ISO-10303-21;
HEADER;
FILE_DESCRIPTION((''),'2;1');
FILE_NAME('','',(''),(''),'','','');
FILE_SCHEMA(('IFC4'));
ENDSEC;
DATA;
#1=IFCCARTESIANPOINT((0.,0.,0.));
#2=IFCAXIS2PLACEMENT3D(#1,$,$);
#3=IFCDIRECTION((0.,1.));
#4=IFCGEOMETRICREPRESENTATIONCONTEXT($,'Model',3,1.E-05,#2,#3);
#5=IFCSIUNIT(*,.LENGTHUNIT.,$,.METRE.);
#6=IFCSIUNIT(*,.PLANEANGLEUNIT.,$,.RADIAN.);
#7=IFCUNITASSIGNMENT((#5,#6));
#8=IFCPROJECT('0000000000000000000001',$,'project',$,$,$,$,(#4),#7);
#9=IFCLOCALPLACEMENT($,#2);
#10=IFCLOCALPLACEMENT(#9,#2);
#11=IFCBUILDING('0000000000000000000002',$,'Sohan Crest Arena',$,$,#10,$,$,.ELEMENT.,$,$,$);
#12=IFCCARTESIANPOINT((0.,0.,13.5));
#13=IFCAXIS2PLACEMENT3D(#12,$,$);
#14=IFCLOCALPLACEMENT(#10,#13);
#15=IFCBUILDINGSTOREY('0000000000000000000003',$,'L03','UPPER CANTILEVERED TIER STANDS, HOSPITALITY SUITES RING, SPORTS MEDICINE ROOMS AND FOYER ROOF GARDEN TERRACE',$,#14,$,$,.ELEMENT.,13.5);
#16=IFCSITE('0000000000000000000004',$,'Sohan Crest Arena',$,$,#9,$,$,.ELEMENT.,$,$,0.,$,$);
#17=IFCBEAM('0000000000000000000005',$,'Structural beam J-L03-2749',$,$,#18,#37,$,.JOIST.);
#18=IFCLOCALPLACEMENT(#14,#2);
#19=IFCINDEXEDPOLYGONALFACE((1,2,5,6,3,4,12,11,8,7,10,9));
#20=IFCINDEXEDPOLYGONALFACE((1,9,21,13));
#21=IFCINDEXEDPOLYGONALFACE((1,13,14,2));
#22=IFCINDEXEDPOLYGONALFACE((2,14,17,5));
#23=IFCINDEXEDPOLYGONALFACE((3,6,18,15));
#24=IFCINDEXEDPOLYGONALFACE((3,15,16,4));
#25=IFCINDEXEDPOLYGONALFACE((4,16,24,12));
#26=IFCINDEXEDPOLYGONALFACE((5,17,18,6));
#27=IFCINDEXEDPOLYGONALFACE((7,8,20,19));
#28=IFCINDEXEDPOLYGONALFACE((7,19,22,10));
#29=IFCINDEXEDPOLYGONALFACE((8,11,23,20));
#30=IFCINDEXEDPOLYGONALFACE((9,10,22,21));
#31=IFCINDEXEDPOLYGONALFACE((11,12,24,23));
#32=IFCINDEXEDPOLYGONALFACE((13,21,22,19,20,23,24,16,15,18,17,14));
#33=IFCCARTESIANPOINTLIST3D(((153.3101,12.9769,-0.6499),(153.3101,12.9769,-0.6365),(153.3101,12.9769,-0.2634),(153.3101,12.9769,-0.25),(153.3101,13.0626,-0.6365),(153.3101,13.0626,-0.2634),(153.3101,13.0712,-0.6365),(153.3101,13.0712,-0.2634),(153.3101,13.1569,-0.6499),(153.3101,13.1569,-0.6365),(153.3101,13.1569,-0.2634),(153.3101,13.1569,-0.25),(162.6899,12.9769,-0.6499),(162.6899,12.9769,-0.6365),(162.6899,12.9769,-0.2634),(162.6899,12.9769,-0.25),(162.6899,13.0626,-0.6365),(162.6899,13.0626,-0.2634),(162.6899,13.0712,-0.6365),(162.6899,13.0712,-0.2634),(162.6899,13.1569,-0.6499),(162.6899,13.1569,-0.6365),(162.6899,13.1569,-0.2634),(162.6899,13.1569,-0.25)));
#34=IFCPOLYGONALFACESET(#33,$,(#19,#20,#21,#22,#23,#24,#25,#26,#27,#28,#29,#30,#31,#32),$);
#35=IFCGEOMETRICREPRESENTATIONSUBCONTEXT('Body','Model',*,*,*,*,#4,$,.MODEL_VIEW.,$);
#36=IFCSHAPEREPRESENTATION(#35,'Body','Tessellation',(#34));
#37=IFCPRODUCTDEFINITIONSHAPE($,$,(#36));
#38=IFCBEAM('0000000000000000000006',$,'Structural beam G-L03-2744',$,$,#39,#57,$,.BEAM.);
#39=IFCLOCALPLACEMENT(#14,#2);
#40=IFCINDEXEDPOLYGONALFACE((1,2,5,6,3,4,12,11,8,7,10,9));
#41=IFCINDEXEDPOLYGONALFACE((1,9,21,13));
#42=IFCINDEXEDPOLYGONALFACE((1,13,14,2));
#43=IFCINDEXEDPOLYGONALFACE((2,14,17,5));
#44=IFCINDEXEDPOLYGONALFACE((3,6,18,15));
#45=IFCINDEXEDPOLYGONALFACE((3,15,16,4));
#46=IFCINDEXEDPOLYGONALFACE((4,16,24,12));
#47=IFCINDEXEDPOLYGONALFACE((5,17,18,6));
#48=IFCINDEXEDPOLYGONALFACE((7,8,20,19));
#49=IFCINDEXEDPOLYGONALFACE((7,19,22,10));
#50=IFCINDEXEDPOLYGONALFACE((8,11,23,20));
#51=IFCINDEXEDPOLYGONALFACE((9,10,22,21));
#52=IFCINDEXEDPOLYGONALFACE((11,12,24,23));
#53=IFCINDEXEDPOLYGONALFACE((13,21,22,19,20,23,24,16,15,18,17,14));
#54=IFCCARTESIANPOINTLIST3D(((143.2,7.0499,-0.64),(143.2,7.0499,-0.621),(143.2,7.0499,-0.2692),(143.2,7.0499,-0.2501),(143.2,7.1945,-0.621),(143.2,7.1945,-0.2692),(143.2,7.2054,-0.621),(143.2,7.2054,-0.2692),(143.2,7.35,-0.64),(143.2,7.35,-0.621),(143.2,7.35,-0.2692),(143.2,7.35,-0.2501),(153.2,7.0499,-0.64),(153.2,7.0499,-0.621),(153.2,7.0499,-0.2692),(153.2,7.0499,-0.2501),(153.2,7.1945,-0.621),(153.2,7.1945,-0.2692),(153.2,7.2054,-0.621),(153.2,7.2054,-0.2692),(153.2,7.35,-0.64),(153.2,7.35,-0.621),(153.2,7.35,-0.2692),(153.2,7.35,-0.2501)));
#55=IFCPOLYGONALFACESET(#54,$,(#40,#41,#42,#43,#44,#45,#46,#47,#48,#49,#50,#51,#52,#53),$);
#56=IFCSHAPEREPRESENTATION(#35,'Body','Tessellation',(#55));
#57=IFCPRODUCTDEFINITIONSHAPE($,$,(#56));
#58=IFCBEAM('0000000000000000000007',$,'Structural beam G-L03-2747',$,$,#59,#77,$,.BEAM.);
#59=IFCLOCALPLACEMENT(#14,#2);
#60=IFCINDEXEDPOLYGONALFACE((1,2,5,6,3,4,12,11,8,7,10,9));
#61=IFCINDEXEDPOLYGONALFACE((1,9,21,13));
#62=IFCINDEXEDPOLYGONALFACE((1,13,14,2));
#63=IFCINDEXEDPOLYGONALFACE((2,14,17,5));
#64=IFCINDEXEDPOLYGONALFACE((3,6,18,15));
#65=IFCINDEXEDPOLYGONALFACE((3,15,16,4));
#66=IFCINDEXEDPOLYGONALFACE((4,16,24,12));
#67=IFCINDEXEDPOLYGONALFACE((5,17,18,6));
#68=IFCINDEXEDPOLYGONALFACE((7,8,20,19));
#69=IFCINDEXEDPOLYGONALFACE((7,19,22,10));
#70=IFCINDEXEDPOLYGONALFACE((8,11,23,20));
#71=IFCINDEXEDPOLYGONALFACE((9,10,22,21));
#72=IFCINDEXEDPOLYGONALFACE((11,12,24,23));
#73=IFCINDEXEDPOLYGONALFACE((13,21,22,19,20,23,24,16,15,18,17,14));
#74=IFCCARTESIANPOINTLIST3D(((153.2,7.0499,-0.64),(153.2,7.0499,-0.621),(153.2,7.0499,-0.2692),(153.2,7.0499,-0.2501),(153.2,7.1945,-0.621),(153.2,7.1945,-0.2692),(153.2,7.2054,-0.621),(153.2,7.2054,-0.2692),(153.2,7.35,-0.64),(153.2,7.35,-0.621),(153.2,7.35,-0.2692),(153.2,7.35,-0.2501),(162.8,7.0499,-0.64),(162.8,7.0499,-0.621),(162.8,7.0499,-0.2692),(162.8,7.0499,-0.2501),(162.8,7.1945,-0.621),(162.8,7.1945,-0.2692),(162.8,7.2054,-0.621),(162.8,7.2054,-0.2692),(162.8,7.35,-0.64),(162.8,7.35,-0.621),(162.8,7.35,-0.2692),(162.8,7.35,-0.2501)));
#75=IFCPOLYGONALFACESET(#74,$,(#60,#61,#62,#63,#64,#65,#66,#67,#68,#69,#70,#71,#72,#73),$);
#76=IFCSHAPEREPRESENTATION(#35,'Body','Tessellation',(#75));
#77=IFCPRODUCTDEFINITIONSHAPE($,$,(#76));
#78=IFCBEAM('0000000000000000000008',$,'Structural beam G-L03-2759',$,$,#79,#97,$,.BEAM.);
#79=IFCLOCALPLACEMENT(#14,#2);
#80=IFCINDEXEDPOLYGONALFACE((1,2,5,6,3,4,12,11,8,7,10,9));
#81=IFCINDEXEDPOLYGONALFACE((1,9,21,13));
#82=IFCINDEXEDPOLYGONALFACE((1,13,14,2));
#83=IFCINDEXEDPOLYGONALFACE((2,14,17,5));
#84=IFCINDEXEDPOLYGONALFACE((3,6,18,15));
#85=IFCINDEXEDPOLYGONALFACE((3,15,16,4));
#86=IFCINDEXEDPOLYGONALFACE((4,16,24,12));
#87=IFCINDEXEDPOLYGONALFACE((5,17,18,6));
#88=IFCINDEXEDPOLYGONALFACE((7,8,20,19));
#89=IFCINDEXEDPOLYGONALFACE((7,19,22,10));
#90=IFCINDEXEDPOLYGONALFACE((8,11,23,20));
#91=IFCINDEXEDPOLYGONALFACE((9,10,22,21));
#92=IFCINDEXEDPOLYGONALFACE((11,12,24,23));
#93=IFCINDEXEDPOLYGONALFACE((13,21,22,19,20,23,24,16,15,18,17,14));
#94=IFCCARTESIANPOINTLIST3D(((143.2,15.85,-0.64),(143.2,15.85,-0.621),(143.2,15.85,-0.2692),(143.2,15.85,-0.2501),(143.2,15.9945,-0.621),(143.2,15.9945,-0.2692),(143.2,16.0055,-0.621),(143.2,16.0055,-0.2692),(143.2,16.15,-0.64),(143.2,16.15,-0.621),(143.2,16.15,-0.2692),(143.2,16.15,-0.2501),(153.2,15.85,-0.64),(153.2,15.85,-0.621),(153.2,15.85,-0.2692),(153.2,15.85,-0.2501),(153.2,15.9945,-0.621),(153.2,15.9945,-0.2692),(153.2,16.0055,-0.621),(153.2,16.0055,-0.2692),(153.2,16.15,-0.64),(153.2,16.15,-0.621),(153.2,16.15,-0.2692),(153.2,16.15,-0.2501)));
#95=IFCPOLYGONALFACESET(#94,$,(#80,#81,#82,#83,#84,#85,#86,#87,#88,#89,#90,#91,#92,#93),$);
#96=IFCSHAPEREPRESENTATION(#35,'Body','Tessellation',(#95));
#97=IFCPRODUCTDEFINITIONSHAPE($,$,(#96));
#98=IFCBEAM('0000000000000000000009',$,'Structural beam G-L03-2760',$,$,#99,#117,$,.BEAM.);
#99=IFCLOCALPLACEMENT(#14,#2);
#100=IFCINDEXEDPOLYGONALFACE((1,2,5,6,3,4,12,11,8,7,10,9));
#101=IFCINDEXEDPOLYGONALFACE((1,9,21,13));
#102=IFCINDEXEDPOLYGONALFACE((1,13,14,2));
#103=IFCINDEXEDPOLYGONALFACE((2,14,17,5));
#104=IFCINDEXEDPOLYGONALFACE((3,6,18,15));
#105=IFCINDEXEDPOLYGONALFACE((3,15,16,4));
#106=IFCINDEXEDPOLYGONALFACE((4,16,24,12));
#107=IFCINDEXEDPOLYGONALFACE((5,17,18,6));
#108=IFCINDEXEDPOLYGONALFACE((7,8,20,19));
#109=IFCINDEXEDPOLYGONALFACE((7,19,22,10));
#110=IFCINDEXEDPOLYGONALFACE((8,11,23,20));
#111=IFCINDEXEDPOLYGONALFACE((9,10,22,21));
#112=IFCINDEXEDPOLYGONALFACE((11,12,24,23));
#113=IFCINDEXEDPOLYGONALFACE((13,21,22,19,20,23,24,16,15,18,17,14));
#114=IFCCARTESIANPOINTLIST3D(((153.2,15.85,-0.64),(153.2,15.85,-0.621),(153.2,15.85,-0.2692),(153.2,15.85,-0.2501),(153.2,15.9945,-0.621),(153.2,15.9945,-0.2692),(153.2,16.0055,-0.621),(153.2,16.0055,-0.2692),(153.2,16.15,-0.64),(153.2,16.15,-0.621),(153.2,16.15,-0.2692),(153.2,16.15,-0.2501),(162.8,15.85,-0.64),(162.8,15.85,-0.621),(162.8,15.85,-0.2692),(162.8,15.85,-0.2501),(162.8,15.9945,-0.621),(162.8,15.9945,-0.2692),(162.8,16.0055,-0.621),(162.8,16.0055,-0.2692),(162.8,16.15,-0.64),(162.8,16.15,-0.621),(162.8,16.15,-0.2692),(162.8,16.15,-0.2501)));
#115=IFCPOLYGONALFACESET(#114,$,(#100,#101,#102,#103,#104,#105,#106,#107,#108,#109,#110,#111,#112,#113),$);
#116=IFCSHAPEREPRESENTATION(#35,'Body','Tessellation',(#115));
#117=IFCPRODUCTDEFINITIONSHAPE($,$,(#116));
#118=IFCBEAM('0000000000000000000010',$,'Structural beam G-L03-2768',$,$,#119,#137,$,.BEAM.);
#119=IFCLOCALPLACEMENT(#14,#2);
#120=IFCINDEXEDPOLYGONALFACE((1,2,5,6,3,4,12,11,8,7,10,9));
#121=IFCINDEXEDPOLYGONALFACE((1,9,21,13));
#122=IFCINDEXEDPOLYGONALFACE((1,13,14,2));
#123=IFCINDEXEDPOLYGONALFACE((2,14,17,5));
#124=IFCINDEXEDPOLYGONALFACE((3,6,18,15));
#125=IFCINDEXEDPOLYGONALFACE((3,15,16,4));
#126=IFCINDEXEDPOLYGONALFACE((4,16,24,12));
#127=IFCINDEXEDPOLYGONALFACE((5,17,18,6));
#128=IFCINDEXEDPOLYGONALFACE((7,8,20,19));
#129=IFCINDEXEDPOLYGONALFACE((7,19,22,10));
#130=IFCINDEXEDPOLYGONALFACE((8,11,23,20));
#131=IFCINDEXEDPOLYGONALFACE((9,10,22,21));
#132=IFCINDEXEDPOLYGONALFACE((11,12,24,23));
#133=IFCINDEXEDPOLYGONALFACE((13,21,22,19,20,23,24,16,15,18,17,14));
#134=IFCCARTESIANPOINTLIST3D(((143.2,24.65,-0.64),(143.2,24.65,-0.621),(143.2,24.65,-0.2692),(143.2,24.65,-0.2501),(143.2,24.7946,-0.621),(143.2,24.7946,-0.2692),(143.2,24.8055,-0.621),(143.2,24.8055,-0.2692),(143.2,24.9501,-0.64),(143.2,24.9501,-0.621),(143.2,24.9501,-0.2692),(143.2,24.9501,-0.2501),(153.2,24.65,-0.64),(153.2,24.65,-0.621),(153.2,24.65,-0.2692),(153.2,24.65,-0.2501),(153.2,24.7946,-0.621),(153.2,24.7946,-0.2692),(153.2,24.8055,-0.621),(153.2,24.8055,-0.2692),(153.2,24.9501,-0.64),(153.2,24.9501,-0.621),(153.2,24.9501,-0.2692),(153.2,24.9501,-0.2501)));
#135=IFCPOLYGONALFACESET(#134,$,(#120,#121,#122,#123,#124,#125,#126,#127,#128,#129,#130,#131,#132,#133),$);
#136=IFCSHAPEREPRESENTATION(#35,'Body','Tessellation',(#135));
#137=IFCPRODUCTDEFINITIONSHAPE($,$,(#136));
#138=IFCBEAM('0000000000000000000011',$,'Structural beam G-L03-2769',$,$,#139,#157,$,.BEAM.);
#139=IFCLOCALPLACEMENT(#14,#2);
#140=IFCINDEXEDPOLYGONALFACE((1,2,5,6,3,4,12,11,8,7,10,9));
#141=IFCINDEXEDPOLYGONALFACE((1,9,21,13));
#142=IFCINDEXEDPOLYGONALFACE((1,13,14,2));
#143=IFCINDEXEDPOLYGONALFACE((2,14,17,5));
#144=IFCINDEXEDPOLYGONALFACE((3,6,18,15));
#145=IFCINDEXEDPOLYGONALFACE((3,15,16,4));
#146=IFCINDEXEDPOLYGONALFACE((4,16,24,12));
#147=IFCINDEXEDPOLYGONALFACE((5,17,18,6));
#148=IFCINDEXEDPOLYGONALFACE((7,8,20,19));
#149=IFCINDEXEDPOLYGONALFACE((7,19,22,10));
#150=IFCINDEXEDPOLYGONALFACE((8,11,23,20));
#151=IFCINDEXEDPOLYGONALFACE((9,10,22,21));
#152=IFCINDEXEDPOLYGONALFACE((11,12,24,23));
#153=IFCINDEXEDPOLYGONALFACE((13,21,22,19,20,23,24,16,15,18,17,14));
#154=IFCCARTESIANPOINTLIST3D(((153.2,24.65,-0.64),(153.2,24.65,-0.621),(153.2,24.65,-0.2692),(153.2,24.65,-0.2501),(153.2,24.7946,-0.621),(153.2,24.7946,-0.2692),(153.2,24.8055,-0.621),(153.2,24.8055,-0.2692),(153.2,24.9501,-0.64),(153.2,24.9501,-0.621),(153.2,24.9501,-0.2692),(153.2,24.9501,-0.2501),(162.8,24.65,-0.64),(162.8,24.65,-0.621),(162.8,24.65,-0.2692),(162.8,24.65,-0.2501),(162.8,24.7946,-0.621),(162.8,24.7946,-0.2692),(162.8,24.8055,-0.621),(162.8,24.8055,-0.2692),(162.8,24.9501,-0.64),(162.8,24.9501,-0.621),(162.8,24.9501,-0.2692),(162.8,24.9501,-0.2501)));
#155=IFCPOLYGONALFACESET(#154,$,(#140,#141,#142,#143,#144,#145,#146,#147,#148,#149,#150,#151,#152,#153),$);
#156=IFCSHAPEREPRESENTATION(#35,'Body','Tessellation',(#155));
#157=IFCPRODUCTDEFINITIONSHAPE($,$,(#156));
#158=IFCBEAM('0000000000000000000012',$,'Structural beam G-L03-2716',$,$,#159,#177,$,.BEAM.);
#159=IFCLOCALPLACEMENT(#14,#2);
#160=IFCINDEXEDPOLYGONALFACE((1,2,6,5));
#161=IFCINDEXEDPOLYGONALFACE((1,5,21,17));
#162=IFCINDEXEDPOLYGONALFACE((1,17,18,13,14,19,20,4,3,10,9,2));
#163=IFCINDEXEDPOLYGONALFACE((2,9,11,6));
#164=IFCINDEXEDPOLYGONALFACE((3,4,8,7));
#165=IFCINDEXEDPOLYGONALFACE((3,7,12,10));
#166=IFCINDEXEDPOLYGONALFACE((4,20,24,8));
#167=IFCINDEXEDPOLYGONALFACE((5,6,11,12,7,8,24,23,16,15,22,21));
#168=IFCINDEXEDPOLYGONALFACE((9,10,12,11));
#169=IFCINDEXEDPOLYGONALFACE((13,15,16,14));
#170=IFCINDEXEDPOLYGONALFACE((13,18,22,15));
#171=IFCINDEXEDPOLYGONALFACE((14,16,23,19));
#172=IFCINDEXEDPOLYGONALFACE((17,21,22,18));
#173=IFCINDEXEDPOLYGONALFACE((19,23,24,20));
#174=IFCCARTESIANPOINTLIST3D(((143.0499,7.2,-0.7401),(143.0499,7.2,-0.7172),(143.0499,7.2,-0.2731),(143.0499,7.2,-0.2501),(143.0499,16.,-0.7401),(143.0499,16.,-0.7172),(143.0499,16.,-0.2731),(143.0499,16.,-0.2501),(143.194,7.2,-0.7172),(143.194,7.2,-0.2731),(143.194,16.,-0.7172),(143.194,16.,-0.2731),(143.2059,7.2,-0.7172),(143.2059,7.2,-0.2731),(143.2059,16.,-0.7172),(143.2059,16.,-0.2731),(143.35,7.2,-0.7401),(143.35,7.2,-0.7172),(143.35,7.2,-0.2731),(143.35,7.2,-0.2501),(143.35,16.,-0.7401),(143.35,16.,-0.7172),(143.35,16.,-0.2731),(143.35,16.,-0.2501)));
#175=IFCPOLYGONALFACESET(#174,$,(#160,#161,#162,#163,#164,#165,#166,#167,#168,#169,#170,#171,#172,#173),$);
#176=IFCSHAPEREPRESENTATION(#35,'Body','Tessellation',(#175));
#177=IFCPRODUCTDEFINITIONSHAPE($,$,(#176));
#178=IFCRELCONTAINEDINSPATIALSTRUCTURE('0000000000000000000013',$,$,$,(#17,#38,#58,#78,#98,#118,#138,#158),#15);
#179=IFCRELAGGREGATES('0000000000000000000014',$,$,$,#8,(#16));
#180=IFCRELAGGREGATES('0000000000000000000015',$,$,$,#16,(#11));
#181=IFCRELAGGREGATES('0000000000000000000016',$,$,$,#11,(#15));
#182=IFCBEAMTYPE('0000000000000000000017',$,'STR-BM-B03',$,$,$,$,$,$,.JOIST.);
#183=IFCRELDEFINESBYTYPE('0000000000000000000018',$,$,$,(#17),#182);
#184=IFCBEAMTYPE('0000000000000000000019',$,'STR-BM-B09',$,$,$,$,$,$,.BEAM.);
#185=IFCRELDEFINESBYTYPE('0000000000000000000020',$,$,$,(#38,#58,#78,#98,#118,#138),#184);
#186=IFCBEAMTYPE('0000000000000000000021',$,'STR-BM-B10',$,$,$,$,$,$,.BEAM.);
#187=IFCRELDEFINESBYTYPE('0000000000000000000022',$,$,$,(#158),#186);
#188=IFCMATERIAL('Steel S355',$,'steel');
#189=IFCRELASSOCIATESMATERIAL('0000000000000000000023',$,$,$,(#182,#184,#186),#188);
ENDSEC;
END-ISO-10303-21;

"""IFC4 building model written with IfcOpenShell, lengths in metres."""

from ifc_helpers import new_model, si_unit, direction, frame, origin, origin_2d, place, context, subcontext, project, spatial, i_section, extrude, material, material_profile, profile_set, type_object, element, save


model = new_model("IFC4")

# Units and contexts
model_context = context("Model", 3, precision=1e-05, world=origin(), true_north=direction((0.0, 1.0)))
body_context = subcontext(model_context, "Body", "Model", "MODEL_VIEW")
ifc_project = project(units=[si_unit("LENGTHUNIT", "METRE"), si_unit("PLANEANGLEUNIT", "RADIAN")], contexts=[model_context])

# Site, building, storey
site_placement = place(None, origin())
site = spatial("IfcSite", under=ifc_project, at=site_placement, Name="Sohan Crest Arena", CompositionType="ELEMENT", RefElevation=0.0)
building_placement = place(site_placement, origin())
building = spatial("IfcBuilding", under=site, at=building_placement, Name="Sohan Crest Arena", CompositionType="ELEMENT")
storey_placement = place(building_placement, frame((0.0, 0.0, 13.5)))
storey = spatial("IfcBuildingStorey", under=building, at=storey_placement, Name="L03", Description="UPPER CANTILEVERED TIER STANDS, HOSPITALITY SUITES RING, SPORTS MEDICINE ROOMS AND FOYER ROOF GARDEN TERRACE", CompositionType="ELEMENT", Elevation=13.5)

# Shared definitions
ifc_material_1 = material(Name="Steel S355", Category="steel")

# Beams
ifc_material_profile_1 = material_profile(ifc_material_1, i_section(OverallWidth=0.1799, OverallDepth=0.3999, WebThickness=0.0085, FlangeThickness=0.0134, at=origin_2d()), Name="IPE 400")
ifc_profile_set_1 = profile_set([ifc_material_profile_1], Name="Steel S355")
beam_type_1 = type_object("IfcBeamType", Name="STR-BM-B03", PredefinedType="JOIST", material=ifc_profile_set_1)
for number, where, z_axis, x_axis, name in (
    (1, (153.3101, 13.0669, -0.45), (1.0, 0.0, 0.0), (0.0, 1.0, 0.0), "Structural beam J-L03-2749"),
):
    element("IfcBeam", number, at=place(storey_placement, frame(where, z_axis=z_axis, x_axis=x_axis)), inside=storey, type_object=beam_type_1, Name=name, PredefinedType="JOIST", context=body_context, shape_type="SweptSolid", body=[
        extrude(i_section(OverallWidth=0.1799, OverallDepth=0.3999, WebThickness=0.0085, FlangeThickness=0.0134, at=origin_2d()), origin(), (0.0, 0.0, 1.0), 9.3799),
    ])
ifc_material_profile_2 = material_profile(ifc_material_1, i_section(OverallWidth=0.3, OverallDepth=0.3899, WebThickness=0.011, FlangeThickness=0.019, at=origin_2d()), Name="HEA 400")
ifc_profile_set_2 = profile_set([ifc_material_profile_2], Name="Steel S355")
beam_type_2 = type_object("IfcBeamType", Name="STR-BM-B09", PredefinedType="BEAM", material=ifc_profile_set_2)
beam_1_placement = place(storey_placement, frame((143.2, 7.2, -0.4451), z_axis=(1.0, 0.0, 0.0), x_axis=(0.0, 1.0, 0.0)))
element("IfcBeam", 2, at=beam_1_placement, inside=storey, type_object=beam_type_2, Name="Structural beam G-L03-2744", PredefinedType="BEAM", context=body_context, shape_type="SweptSolid", body=[
    extrude(i_section(OverallWidth=0.3, OverallDepth=0.3899, WebThickness=0.011, FlangeThickness=0.019, at=origin_2d()), origin(), (0.0, 0.0, 1.0), 10.0),
])
beam_2_placement = place(storey_placement, frame((153.2, 7.2, -0.4451), z_axis=(1.0, 0.0, 0.0), x_axis=(0.0, 1.0, 0.0)))
element("IfcBeam", 3, at=beam_2_placement, inside=storey, type_object=beam_type_2, Name="Structural beam G-L03-2747", PredefinedType="BEAM", context=body_context, shape_type="SweptSolid", body=[
    extrude(i_section(OverallWidth=0.3, OverallDepth=0.3899, WebThickness=0.011, FlangeThickness=0.019, at=origin_2d()), origin(), (0.0, 0.0, 1.0), 9.6001),
])
beam_3_placement = place(storey_placement, frame((143.2, 16.0, -0.4451), z_axis=(1.0, 0.0, 0.0), x_axis=(0.0, 1.0, 0.0)))
element("IfcBeam", 4, at=beam_3_placement, inside=storey, type_object=beam_type_2, Name="Structural beam G-L03-2759", PredefinedType="BEAM", context=body_context, shape_type="SweptSolid", body=[
    extrude(i_section(OverallWidth=0.3, OverallDepth=0.3899, WebThickness=0.011, FlangeThickness=0.019, at=origin_2d()), origin(), (0.0, 0.0, 1.0), 10.0),
])
beam_4_placement = place(storey_placement, frame((153.2, 16.0, -0.4451), z_axis=(1.0, 0.0, 0.0), x_axis=(0.0, 1.0, 0.0)))
element("IfcBeam", 5, at=beam_4_placement, inside=storey, type_object=beam_type_2, Name="Structural beam G-L03-2760", PredefinedType="BEAM", context=body_context, shape_type="SweptSolid", body=[
    extrude(i_section(OverallWidth=0.3, OverallDepth=0.3899, WebThickness=0.011, FlangeThickness=0.019, at=origin_2d()), origin(), (0.0, 0.0, 1.0), 9.6001),
])
beam_5_placement = place(storey_placement, frame((143.2, 24.8, -0.4451), z_axis=(1.0, 0.0, 0.0), x_axis=(0.0, 1.0, 0.0)))
element("IfcBeam", 6, at=beam_5_placement, inside=storey, type_object=beam_type_2, Name="Structural beam G-L03-2768", PredefinedType="BEAM", context=body_context, shape_type="SweptSolid", body=[
    extrude(i_section(OverallWidth=0.3, OverallDepth=0.3899, WebThickness=0.011, FlangeThickness=0.019, at=origin_2d()), origin(), (0.0, 0.0, 1.0), 10.0),
])
beam_6_placement = place(storey_placement, frame((153.2, 24.8, -0.4451), z_axis=(1.0, 0.0, 0.0), x_axis=(0.0, 1.0, 0.0)))
element("IfcBeam", 7, at=beam_6_placement, inside=storey, type_object=beam_type_2, Name="Structural beam G-L03-2769", PredefinedType="BEAM", context=body_context, shape_type="SweptSolid", body=[
    extrude(i_section(OverallWidth=0.3, OverallDepth=0.3899, WebThickness=0.011, FlangeThickness=0.019, at=origin_2d()), origin(), (0.0, 0.0, 1.0), 9.6001),
])
ifc_material_profile_3 = material_profile(ifc_material_1, i_section(OverallWidth=0.3, OverallDepth=0.49, WebThickness=0.012, FlangeThickness=0.0229, at=origin_2d()), Name="HEA 500")
ifc_profile_set_3 = profile_set([ifc_material_profile_3], Name="Steel S355")
beam_type_3 = type_object("IfcBeamType", Name="STR-BM-B10", PredefinedType="BEAM", material=ifc_profile_set_3)
for number, where, z_axis, x_axis, name in (
    (8, (143.2, 7.2, -0.4951), (0.0, 1.0, 0.0), (-1.0, 0.0, 0.0), "Structural beam G-L03-2716"),
):
    element("IfcBeam", number, at=place(storey_placement, frame(where, z_axis=z_axis, x_axis=x_axis)), inside=storey, type_object=beam_type_3, Name=name, PredefinedType="BEAM", context=body_context, shape_type="SweptSolid", body=[
        extrude(i_section(OverallWidth=0.3, OverallDepth=0.49, WebThickness=0.012, FlangeThickness=0.0229, at=origin_2d()), origin(), (0.0, 0.0, 1.0), 8.8),
    ])

save(model, "model.ifc")
